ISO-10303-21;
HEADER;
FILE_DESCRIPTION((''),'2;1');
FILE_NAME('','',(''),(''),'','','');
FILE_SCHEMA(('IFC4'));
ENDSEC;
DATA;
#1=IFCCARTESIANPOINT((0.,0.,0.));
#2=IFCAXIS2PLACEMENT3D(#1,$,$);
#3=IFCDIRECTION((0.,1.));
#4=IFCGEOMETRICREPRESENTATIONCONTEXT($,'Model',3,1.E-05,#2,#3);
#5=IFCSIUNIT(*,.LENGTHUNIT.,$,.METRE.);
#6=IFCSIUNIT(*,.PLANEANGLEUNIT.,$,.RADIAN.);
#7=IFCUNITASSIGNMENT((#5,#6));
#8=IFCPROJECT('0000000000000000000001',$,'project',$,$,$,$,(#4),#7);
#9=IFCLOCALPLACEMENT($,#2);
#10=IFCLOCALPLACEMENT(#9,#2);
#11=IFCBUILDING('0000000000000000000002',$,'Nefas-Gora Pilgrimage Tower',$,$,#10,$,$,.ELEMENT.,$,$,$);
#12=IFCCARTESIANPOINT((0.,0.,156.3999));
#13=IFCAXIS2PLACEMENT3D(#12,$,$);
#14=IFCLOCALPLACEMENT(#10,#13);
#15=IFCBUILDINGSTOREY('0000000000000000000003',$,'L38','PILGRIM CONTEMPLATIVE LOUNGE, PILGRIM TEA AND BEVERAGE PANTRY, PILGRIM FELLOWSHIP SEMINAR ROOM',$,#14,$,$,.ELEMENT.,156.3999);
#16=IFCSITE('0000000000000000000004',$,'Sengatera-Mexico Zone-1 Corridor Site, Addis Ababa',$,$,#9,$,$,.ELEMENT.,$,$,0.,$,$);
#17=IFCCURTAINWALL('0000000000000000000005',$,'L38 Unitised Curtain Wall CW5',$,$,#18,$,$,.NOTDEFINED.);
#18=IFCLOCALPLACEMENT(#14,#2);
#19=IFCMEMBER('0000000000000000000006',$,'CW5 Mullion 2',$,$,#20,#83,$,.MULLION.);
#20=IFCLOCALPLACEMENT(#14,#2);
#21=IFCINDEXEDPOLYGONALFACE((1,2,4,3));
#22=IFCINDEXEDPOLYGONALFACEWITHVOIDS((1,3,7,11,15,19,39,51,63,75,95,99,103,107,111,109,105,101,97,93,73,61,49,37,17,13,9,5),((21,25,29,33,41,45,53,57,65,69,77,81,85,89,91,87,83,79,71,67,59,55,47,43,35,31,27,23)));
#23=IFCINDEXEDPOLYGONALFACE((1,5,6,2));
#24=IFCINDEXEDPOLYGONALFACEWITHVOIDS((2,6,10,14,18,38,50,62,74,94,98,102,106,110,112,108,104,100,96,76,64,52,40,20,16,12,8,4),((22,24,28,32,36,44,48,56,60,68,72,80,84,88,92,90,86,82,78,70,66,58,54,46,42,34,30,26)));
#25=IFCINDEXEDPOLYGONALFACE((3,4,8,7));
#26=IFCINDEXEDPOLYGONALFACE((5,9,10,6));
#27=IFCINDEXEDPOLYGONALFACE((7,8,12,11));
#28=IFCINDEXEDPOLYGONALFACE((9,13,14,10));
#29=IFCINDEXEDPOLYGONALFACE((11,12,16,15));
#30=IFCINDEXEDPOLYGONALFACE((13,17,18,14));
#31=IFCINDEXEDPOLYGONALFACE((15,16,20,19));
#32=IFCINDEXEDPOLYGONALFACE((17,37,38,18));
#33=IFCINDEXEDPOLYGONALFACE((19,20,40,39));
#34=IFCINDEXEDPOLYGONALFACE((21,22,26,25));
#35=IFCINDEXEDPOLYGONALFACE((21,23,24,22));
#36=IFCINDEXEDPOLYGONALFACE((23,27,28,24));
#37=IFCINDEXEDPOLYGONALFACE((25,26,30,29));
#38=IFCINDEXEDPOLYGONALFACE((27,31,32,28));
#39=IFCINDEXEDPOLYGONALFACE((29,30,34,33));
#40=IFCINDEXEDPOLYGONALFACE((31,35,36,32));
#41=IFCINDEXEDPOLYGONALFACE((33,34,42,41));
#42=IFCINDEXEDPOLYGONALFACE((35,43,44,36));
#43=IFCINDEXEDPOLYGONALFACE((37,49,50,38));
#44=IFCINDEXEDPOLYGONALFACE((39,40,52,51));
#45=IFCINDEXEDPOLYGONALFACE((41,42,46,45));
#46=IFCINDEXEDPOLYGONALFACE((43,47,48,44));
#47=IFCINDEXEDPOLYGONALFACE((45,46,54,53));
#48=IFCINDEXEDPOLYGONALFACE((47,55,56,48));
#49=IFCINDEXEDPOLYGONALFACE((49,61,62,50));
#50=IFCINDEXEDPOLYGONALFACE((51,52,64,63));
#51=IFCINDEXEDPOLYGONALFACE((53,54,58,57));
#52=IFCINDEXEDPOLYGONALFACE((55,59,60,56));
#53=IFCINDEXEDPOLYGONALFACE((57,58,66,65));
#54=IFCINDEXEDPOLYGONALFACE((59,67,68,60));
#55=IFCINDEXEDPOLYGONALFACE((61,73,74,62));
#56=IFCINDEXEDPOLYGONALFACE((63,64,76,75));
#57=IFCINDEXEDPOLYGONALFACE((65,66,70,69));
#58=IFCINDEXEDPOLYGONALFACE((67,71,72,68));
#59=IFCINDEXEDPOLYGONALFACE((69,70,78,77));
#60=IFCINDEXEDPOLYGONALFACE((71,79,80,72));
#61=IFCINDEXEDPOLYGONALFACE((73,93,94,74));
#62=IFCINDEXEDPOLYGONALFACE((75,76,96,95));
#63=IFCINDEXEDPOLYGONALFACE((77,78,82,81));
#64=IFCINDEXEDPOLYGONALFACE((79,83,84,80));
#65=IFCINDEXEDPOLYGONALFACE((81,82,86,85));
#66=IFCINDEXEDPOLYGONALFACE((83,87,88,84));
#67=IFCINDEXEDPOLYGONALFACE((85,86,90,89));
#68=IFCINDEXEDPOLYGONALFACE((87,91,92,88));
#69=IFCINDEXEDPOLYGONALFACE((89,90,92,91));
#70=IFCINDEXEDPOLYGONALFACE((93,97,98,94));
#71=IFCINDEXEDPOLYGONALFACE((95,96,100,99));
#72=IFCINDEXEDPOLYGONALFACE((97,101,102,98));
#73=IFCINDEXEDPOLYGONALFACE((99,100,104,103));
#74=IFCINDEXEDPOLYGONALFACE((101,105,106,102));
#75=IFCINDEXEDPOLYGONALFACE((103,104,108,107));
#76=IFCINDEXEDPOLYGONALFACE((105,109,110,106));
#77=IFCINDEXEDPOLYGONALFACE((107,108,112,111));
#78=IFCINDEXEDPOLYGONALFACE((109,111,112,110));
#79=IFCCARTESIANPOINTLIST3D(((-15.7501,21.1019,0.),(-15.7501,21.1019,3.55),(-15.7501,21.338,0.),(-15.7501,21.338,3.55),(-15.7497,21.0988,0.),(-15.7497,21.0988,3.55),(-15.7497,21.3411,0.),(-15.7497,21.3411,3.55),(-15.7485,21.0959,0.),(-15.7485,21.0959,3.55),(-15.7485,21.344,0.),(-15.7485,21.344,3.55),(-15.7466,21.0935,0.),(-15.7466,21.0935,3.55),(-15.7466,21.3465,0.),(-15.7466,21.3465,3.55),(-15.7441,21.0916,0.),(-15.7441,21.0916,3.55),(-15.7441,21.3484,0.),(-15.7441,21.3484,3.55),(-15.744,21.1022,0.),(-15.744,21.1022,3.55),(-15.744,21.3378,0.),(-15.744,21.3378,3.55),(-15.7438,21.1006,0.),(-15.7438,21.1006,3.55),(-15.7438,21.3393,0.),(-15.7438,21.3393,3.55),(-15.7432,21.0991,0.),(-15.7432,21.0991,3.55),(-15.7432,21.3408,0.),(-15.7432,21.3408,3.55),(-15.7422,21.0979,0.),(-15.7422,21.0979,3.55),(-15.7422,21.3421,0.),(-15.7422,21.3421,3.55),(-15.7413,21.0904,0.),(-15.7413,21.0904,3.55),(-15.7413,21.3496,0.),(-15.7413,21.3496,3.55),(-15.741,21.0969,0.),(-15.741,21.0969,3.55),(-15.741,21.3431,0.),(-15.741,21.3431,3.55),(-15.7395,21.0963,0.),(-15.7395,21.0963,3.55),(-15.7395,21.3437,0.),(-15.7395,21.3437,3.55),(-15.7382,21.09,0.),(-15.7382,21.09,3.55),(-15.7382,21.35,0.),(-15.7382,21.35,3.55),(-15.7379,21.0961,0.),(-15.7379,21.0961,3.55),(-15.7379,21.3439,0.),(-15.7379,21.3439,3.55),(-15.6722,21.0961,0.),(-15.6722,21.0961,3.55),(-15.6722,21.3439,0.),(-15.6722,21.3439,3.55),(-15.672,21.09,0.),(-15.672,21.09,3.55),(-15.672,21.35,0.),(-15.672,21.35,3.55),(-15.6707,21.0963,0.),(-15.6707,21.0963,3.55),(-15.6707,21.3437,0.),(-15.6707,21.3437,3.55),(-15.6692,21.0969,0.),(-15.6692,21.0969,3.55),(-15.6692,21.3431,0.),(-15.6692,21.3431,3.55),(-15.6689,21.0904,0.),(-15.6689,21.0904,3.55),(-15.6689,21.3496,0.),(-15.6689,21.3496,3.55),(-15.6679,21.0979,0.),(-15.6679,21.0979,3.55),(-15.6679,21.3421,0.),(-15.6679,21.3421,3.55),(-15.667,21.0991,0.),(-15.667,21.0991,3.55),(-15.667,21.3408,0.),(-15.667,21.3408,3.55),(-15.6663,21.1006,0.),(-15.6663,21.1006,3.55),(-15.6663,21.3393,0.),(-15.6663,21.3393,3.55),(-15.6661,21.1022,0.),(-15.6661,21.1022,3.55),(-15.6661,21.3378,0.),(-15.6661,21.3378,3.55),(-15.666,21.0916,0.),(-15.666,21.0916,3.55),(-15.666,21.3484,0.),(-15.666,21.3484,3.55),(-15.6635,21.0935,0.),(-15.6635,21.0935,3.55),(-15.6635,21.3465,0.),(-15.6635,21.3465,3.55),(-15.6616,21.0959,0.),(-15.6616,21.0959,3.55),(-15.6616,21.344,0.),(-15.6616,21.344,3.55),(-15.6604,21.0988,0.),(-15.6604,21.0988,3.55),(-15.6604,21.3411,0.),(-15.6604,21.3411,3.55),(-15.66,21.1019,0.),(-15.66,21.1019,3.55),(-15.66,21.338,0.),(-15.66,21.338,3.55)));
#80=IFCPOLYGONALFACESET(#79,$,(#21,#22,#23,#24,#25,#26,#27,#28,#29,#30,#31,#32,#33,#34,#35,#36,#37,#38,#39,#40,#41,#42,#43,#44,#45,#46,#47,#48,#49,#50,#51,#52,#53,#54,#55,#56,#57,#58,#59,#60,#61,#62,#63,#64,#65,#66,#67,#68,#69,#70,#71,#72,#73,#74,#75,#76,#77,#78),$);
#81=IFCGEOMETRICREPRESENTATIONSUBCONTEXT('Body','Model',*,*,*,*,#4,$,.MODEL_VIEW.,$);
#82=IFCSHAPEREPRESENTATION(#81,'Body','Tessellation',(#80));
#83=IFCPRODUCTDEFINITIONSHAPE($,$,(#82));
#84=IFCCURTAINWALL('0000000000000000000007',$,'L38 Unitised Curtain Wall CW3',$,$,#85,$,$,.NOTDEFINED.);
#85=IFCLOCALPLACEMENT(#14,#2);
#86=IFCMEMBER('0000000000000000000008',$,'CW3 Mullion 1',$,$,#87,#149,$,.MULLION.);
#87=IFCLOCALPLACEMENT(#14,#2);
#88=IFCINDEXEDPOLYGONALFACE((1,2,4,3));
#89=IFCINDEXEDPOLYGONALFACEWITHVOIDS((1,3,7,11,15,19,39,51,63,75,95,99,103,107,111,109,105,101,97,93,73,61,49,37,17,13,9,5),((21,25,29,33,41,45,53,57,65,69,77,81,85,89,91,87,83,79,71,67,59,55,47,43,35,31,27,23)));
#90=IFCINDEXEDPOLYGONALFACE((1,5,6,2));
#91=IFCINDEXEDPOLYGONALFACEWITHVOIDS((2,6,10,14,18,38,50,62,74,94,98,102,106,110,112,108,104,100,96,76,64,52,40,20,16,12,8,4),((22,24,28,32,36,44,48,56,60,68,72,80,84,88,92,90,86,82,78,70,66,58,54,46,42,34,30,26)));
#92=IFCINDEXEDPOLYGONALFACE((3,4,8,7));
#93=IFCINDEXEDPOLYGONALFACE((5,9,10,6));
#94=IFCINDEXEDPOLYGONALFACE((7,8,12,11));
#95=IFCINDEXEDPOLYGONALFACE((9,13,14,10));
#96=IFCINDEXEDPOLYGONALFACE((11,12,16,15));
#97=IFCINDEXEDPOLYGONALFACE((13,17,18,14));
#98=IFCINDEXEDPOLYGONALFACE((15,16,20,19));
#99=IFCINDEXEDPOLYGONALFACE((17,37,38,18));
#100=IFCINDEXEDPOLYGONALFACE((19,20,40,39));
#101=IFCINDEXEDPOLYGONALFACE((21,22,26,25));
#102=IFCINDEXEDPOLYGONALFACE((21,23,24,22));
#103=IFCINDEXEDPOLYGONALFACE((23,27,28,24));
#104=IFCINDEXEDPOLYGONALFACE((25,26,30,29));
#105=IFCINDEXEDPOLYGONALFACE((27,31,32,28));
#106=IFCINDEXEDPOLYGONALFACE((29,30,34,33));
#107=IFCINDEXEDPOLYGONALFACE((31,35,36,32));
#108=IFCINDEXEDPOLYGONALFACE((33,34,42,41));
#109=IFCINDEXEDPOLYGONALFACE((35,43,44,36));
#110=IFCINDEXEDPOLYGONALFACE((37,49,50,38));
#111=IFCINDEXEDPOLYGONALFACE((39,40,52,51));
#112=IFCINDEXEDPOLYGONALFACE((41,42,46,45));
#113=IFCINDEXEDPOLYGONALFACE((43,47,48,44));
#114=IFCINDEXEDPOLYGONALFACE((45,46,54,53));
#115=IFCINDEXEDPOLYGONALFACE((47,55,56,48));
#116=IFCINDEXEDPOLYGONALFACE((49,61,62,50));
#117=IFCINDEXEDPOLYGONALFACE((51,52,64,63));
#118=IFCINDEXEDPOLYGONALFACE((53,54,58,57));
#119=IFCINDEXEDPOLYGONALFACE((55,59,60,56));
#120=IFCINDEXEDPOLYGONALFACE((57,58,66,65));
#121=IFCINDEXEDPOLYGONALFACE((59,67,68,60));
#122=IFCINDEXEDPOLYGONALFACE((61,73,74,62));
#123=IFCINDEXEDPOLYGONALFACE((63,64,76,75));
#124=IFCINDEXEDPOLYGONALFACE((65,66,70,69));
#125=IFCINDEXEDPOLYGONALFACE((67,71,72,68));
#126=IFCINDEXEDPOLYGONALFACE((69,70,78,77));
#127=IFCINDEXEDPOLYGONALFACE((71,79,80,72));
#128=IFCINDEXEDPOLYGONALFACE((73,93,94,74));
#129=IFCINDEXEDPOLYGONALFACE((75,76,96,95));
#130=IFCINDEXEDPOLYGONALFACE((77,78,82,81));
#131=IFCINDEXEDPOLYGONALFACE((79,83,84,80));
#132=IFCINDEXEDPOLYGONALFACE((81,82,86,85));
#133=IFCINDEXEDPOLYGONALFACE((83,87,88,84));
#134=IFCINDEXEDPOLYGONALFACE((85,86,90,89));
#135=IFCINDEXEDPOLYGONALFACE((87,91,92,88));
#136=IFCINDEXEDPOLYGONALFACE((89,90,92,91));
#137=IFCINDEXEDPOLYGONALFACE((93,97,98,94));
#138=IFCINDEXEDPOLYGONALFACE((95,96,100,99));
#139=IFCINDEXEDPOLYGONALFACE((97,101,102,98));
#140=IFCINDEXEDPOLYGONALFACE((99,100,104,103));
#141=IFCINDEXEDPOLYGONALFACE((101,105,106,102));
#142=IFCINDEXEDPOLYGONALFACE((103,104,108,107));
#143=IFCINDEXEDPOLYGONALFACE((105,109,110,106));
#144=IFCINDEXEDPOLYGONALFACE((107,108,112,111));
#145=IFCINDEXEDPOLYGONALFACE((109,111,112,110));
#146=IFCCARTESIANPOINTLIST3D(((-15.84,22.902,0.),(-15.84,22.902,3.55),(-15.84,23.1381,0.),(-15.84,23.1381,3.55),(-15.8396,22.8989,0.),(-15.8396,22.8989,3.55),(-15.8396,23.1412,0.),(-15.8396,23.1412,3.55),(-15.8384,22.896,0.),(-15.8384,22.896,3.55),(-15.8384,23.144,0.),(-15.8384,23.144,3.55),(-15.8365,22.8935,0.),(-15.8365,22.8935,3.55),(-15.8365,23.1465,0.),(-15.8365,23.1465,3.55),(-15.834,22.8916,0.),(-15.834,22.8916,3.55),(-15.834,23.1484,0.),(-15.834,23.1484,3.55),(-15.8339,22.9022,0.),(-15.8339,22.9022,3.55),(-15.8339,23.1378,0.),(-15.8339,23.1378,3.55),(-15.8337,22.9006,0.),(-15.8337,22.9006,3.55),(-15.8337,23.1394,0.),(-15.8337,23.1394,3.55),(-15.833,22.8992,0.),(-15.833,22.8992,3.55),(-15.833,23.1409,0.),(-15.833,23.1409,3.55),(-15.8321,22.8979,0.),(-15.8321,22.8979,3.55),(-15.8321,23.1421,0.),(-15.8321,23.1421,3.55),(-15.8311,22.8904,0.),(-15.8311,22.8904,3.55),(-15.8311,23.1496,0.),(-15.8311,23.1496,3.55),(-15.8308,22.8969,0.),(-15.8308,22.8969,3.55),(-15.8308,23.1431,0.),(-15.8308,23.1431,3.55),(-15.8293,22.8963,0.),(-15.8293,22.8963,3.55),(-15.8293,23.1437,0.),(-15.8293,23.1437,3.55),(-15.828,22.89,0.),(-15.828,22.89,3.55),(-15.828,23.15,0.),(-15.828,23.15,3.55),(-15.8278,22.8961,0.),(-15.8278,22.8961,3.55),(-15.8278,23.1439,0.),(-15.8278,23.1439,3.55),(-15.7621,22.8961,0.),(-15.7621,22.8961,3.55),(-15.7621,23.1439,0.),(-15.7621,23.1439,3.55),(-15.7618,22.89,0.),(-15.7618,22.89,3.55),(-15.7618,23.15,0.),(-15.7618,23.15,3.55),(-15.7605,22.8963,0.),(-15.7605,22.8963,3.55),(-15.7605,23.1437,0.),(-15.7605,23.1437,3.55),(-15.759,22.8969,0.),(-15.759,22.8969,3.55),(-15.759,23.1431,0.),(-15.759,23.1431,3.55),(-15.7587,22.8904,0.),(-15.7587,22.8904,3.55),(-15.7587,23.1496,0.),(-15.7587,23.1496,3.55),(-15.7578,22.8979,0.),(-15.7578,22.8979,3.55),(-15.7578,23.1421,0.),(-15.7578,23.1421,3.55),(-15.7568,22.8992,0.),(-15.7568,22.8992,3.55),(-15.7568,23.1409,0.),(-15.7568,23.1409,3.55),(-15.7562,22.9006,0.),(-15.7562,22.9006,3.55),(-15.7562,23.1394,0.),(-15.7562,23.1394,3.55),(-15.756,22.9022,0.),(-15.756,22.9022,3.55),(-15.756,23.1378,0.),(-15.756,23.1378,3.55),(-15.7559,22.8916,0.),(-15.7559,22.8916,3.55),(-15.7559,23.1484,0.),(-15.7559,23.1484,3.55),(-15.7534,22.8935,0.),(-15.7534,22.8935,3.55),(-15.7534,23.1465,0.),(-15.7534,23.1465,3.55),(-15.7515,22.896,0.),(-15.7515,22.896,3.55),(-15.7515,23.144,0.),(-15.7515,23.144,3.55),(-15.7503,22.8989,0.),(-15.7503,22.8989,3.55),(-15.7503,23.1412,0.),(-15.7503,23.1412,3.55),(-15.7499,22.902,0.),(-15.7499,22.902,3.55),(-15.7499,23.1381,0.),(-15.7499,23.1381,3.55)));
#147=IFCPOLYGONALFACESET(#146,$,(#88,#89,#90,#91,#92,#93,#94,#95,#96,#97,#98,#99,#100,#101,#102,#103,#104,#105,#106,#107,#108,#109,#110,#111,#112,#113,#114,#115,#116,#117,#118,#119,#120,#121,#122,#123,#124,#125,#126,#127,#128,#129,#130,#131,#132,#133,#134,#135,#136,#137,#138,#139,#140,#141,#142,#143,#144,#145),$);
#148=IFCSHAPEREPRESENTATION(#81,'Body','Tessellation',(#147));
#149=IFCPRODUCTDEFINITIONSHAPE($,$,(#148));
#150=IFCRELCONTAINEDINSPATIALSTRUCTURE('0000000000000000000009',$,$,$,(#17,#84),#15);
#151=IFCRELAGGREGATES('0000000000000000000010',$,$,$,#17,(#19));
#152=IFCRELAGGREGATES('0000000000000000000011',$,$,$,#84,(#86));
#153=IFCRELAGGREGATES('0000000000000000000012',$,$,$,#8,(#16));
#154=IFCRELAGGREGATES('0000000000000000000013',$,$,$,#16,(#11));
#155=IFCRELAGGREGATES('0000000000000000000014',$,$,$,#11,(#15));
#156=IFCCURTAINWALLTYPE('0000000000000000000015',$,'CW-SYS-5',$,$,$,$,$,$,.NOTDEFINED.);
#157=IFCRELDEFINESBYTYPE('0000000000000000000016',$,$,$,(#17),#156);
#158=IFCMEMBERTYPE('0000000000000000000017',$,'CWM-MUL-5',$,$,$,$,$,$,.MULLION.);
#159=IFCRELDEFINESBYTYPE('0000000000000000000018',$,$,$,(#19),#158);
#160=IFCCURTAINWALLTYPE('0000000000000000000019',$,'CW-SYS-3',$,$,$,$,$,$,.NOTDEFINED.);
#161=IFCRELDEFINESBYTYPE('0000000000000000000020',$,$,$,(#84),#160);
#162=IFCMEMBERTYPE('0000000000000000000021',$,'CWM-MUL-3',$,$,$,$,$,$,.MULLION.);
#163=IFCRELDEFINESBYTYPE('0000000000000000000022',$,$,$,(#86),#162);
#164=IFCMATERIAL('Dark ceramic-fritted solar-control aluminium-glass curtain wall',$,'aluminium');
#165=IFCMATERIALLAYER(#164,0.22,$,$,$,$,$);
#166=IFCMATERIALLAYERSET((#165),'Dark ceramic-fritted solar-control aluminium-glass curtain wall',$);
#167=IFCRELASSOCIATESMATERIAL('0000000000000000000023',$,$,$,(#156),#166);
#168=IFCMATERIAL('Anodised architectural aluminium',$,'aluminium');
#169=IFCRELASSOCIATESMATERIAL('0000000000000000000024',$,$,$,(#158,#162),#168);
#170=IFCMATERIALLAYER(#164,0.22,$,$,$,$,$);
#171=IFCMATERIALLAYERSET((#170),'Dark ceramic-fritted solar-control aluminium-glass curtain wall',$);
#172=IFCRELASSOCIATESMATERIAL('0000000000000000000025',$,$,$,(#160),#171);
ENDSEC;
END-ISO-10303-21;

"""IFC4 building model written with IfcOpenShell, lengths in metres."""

from ifc_helpers import new_model, si_unit, direction, frame, origin, origin_2d, place, context, subcontext, project, spatial, hollow_rectangle, extrude, source, transform, mapped, material, layer, layer_set, material_profile, profile_set, type_object, element, aggregate, save


model = new_model("IFC4")

# Units and contexts
model_context = context("Model", 3, precision=1e-05, world=origin(), true_north=direction((0.0, 1.0)))
body_context = subcontext(model_context, "Body", "Model", "MODEL_VIEW")
ifc_project = project(units=[si_unit("LENGTHUNIT", "METRE"), si_unit("PLANEANGLEUNIT", "RADIAN")], contexts=[model_context])

# Site, building, storey
site_placement = place(None, origin())
site = spatial("IfcSite", under=ifc_project, at=site_placement, Name="Sengatera-Mexico Zone-1 Corridor Site, Addis Ababa", CompositionType="ELEMENT", RefElevation=0.0)
building_placement = place(site_placement, origin())
building = spatial("IfcBuilding", under=site, at=building_placement, Name="Nefas-Gora Pilgrimage Tower", CompositionType="ELEMENT")
storey_placement = place(building_placement, frame((0.0, 0.0, 156.3999)))
storey = spatial("IfcBuildingStorey", under=building, at=storey_placement, Name="L38", Description="PILGRIM CONTEMPLATIVE LOUNGE, PILGRIM TEA AND BEVERAGE PANTRY, PILGRIM FELLOWSHIP SEMINAR ROOM", CompositionType="ELEMENT", Elevation=156.3999)

# Curtain wall, member
ifc_material_1 = material(Name="Dark ceramic-fritted solar-control aluminium-glass curtain wall", Category="aluminium")
ifc_layer_1 = layer(ifc_material_1, 0.22)
ifc_layer_set_1 = layer_set([ifc_layer_1], Name="Dark ceramic-fritted solar-control aluminium-glass curtain wall")
curtain_wall_type_1 = type_object("IfcCurtainWallType", Name="CW-SYS-5", PredefinedType="NOTDEFINED", material=ifc_layer_set_1)
curtain_wall_1_placement = place(storey_placement, origin())
curtain_wall_1 = element("IfcCurtainWall", 1, at=curtain_wall_1_placement, inside=storey, type_object=curtain_wall_type_1, Name="L38 Unitised Curtain Wall CW5", PredefinedType="NOTDEFINED")
ifc_material_2 = material(Name="Anodised architectural aluminium", Category="aluminium")
ifc_material_profile_1 = material_profile(ifc_material_2, hollow_rectangle(XDim=0.0901, YDim=0.26, WallThickness=0.0061, InnerFilletRadius=0.0061, OuterFilletRadius=0.012, at=origin_2d()), Name="ALU MULLION 90x260")
ifc_profile_set_1 = profile_set([ifc_material_profile_1], Name="Anodised architectural aluminium")
member_type_1 = type_object("IfcMemberType", Name="CWM-MUL-5", PredefinedType="MULLION", material=ifc_profile_set_1)
shared_shape_1 = source(origin(), body_context, "Body", "SweptSolid", [
    extrude(hollow_rectangle(XDim=0.0901, YDim=0.26, WallThickness=0.0061, InnerFilletRadius=0.0061, OuterFilletRadius=0.012, at=origin_2d()), origin(), (0.0, 0.0, 1.0), 3.55),
])
member_1_placement = place(storey_placement, frame((-15.7051, 21.22, 0.0), z_axis=(0.0, 0.0, 1.0), x_axis=(-1.0, 0.0, 0.0)))
member_1 = element("IfcMember", 2, at=member_1_placement, type_object=member_type_1, Name="CW5 Mullion 2", PredefinedType="MULLION", context=body_context, shape_type="MappedRepresentation", body=[
    mapped(shared_shape_1, transform((0.0, 0.0, 0.0), x_axis=(1.0, 0.0, 0.0), y_axis=(0.0, 1.0, 0.0), z_axis=(0.0, 0.0, 1.0), scale=1.0)),
])

# Curtain wall, member
ifc_layer_2 = layer(ifc_material_1, 0.22)
ifc_layer_set_2 = layer_set([ifc_layer_2], Name="Dark ceramic-fritted solar-control aluminium-glass curtain wall")
curtain_wall_type_2 = type_object("IfcCurtainWallType", Name="CW-SYS-3", PredefinedType="NOTDEFINED", material=ifc_layer_set_2)
curtain_wall_2_placement = place(storey_placement, origin())
curtain_wall_2 = element("IfcCurtainWall", 3, at=curtain_wall_2_placement, inside=storey, type_object=curtain_wall_type_2, Name="L38 Unitised Curtain Wall CW3", PredefinedType="NOTDEFINED")
ifc_material_profile_2 = material_profile(ifc_material_2, hollow_rectangle(XDim=0.0901, YDim=0.26, WallThickness=0.0061, InnerFilletRadius=0.0061, OuterFilletRadius=0.012, at=origin_2d()), Name="ALU MULLION 90x260")
ifc_profile_set_2 = profile_set([ifc_material_profile_2], Name="Anodised architectural aluminium")
member_type_2 = type_object("IfcMemberType", Name="CWM-MUL-3", PredefinedType="MULLION", material=ifc_profile_set_2)
shared_shape_2 = source(origin(), body_context, "Body", "SweptSolid", [
    extrude(hollow_rectangle(XDim=0.0901, YDim=0.26, WallThickness=0.0061, InnerFilletRadius=0.0061, OuterFilletRadius=0.012, at=origin_2d()), origin(), (0.0, 0.0, 1.0), 3.55),
])
member_2_placement = place(storey_placement, frame((-15.7949, 23.02, 0.0), z_axis=(0.0, 0.0, 1.0), x_axis=(-1.0, 0.0, 0.0)))
member_2 = element("IfcMember", 4, at=member_2_placement, type_object=member_type_2, Name="CW3 Mullion 1", PredefinedType="MULLION", context=body_context, shape_type="MappedRepresentation", body=[
    mapped(shared_shape_2, transform((0.0, 0.0, 0.0), x_axis=(1.0, 0.0, 0.0), y_axis=(0.0, 1.0, 0.0), z_axis=(0.0, 0.0, 1.0), scale=1.0)),
])

aggregate(curtain_wall_1, [member_1])
aggregate(curtain_wall_2, [member_2])

save(model, "model.ifc")
